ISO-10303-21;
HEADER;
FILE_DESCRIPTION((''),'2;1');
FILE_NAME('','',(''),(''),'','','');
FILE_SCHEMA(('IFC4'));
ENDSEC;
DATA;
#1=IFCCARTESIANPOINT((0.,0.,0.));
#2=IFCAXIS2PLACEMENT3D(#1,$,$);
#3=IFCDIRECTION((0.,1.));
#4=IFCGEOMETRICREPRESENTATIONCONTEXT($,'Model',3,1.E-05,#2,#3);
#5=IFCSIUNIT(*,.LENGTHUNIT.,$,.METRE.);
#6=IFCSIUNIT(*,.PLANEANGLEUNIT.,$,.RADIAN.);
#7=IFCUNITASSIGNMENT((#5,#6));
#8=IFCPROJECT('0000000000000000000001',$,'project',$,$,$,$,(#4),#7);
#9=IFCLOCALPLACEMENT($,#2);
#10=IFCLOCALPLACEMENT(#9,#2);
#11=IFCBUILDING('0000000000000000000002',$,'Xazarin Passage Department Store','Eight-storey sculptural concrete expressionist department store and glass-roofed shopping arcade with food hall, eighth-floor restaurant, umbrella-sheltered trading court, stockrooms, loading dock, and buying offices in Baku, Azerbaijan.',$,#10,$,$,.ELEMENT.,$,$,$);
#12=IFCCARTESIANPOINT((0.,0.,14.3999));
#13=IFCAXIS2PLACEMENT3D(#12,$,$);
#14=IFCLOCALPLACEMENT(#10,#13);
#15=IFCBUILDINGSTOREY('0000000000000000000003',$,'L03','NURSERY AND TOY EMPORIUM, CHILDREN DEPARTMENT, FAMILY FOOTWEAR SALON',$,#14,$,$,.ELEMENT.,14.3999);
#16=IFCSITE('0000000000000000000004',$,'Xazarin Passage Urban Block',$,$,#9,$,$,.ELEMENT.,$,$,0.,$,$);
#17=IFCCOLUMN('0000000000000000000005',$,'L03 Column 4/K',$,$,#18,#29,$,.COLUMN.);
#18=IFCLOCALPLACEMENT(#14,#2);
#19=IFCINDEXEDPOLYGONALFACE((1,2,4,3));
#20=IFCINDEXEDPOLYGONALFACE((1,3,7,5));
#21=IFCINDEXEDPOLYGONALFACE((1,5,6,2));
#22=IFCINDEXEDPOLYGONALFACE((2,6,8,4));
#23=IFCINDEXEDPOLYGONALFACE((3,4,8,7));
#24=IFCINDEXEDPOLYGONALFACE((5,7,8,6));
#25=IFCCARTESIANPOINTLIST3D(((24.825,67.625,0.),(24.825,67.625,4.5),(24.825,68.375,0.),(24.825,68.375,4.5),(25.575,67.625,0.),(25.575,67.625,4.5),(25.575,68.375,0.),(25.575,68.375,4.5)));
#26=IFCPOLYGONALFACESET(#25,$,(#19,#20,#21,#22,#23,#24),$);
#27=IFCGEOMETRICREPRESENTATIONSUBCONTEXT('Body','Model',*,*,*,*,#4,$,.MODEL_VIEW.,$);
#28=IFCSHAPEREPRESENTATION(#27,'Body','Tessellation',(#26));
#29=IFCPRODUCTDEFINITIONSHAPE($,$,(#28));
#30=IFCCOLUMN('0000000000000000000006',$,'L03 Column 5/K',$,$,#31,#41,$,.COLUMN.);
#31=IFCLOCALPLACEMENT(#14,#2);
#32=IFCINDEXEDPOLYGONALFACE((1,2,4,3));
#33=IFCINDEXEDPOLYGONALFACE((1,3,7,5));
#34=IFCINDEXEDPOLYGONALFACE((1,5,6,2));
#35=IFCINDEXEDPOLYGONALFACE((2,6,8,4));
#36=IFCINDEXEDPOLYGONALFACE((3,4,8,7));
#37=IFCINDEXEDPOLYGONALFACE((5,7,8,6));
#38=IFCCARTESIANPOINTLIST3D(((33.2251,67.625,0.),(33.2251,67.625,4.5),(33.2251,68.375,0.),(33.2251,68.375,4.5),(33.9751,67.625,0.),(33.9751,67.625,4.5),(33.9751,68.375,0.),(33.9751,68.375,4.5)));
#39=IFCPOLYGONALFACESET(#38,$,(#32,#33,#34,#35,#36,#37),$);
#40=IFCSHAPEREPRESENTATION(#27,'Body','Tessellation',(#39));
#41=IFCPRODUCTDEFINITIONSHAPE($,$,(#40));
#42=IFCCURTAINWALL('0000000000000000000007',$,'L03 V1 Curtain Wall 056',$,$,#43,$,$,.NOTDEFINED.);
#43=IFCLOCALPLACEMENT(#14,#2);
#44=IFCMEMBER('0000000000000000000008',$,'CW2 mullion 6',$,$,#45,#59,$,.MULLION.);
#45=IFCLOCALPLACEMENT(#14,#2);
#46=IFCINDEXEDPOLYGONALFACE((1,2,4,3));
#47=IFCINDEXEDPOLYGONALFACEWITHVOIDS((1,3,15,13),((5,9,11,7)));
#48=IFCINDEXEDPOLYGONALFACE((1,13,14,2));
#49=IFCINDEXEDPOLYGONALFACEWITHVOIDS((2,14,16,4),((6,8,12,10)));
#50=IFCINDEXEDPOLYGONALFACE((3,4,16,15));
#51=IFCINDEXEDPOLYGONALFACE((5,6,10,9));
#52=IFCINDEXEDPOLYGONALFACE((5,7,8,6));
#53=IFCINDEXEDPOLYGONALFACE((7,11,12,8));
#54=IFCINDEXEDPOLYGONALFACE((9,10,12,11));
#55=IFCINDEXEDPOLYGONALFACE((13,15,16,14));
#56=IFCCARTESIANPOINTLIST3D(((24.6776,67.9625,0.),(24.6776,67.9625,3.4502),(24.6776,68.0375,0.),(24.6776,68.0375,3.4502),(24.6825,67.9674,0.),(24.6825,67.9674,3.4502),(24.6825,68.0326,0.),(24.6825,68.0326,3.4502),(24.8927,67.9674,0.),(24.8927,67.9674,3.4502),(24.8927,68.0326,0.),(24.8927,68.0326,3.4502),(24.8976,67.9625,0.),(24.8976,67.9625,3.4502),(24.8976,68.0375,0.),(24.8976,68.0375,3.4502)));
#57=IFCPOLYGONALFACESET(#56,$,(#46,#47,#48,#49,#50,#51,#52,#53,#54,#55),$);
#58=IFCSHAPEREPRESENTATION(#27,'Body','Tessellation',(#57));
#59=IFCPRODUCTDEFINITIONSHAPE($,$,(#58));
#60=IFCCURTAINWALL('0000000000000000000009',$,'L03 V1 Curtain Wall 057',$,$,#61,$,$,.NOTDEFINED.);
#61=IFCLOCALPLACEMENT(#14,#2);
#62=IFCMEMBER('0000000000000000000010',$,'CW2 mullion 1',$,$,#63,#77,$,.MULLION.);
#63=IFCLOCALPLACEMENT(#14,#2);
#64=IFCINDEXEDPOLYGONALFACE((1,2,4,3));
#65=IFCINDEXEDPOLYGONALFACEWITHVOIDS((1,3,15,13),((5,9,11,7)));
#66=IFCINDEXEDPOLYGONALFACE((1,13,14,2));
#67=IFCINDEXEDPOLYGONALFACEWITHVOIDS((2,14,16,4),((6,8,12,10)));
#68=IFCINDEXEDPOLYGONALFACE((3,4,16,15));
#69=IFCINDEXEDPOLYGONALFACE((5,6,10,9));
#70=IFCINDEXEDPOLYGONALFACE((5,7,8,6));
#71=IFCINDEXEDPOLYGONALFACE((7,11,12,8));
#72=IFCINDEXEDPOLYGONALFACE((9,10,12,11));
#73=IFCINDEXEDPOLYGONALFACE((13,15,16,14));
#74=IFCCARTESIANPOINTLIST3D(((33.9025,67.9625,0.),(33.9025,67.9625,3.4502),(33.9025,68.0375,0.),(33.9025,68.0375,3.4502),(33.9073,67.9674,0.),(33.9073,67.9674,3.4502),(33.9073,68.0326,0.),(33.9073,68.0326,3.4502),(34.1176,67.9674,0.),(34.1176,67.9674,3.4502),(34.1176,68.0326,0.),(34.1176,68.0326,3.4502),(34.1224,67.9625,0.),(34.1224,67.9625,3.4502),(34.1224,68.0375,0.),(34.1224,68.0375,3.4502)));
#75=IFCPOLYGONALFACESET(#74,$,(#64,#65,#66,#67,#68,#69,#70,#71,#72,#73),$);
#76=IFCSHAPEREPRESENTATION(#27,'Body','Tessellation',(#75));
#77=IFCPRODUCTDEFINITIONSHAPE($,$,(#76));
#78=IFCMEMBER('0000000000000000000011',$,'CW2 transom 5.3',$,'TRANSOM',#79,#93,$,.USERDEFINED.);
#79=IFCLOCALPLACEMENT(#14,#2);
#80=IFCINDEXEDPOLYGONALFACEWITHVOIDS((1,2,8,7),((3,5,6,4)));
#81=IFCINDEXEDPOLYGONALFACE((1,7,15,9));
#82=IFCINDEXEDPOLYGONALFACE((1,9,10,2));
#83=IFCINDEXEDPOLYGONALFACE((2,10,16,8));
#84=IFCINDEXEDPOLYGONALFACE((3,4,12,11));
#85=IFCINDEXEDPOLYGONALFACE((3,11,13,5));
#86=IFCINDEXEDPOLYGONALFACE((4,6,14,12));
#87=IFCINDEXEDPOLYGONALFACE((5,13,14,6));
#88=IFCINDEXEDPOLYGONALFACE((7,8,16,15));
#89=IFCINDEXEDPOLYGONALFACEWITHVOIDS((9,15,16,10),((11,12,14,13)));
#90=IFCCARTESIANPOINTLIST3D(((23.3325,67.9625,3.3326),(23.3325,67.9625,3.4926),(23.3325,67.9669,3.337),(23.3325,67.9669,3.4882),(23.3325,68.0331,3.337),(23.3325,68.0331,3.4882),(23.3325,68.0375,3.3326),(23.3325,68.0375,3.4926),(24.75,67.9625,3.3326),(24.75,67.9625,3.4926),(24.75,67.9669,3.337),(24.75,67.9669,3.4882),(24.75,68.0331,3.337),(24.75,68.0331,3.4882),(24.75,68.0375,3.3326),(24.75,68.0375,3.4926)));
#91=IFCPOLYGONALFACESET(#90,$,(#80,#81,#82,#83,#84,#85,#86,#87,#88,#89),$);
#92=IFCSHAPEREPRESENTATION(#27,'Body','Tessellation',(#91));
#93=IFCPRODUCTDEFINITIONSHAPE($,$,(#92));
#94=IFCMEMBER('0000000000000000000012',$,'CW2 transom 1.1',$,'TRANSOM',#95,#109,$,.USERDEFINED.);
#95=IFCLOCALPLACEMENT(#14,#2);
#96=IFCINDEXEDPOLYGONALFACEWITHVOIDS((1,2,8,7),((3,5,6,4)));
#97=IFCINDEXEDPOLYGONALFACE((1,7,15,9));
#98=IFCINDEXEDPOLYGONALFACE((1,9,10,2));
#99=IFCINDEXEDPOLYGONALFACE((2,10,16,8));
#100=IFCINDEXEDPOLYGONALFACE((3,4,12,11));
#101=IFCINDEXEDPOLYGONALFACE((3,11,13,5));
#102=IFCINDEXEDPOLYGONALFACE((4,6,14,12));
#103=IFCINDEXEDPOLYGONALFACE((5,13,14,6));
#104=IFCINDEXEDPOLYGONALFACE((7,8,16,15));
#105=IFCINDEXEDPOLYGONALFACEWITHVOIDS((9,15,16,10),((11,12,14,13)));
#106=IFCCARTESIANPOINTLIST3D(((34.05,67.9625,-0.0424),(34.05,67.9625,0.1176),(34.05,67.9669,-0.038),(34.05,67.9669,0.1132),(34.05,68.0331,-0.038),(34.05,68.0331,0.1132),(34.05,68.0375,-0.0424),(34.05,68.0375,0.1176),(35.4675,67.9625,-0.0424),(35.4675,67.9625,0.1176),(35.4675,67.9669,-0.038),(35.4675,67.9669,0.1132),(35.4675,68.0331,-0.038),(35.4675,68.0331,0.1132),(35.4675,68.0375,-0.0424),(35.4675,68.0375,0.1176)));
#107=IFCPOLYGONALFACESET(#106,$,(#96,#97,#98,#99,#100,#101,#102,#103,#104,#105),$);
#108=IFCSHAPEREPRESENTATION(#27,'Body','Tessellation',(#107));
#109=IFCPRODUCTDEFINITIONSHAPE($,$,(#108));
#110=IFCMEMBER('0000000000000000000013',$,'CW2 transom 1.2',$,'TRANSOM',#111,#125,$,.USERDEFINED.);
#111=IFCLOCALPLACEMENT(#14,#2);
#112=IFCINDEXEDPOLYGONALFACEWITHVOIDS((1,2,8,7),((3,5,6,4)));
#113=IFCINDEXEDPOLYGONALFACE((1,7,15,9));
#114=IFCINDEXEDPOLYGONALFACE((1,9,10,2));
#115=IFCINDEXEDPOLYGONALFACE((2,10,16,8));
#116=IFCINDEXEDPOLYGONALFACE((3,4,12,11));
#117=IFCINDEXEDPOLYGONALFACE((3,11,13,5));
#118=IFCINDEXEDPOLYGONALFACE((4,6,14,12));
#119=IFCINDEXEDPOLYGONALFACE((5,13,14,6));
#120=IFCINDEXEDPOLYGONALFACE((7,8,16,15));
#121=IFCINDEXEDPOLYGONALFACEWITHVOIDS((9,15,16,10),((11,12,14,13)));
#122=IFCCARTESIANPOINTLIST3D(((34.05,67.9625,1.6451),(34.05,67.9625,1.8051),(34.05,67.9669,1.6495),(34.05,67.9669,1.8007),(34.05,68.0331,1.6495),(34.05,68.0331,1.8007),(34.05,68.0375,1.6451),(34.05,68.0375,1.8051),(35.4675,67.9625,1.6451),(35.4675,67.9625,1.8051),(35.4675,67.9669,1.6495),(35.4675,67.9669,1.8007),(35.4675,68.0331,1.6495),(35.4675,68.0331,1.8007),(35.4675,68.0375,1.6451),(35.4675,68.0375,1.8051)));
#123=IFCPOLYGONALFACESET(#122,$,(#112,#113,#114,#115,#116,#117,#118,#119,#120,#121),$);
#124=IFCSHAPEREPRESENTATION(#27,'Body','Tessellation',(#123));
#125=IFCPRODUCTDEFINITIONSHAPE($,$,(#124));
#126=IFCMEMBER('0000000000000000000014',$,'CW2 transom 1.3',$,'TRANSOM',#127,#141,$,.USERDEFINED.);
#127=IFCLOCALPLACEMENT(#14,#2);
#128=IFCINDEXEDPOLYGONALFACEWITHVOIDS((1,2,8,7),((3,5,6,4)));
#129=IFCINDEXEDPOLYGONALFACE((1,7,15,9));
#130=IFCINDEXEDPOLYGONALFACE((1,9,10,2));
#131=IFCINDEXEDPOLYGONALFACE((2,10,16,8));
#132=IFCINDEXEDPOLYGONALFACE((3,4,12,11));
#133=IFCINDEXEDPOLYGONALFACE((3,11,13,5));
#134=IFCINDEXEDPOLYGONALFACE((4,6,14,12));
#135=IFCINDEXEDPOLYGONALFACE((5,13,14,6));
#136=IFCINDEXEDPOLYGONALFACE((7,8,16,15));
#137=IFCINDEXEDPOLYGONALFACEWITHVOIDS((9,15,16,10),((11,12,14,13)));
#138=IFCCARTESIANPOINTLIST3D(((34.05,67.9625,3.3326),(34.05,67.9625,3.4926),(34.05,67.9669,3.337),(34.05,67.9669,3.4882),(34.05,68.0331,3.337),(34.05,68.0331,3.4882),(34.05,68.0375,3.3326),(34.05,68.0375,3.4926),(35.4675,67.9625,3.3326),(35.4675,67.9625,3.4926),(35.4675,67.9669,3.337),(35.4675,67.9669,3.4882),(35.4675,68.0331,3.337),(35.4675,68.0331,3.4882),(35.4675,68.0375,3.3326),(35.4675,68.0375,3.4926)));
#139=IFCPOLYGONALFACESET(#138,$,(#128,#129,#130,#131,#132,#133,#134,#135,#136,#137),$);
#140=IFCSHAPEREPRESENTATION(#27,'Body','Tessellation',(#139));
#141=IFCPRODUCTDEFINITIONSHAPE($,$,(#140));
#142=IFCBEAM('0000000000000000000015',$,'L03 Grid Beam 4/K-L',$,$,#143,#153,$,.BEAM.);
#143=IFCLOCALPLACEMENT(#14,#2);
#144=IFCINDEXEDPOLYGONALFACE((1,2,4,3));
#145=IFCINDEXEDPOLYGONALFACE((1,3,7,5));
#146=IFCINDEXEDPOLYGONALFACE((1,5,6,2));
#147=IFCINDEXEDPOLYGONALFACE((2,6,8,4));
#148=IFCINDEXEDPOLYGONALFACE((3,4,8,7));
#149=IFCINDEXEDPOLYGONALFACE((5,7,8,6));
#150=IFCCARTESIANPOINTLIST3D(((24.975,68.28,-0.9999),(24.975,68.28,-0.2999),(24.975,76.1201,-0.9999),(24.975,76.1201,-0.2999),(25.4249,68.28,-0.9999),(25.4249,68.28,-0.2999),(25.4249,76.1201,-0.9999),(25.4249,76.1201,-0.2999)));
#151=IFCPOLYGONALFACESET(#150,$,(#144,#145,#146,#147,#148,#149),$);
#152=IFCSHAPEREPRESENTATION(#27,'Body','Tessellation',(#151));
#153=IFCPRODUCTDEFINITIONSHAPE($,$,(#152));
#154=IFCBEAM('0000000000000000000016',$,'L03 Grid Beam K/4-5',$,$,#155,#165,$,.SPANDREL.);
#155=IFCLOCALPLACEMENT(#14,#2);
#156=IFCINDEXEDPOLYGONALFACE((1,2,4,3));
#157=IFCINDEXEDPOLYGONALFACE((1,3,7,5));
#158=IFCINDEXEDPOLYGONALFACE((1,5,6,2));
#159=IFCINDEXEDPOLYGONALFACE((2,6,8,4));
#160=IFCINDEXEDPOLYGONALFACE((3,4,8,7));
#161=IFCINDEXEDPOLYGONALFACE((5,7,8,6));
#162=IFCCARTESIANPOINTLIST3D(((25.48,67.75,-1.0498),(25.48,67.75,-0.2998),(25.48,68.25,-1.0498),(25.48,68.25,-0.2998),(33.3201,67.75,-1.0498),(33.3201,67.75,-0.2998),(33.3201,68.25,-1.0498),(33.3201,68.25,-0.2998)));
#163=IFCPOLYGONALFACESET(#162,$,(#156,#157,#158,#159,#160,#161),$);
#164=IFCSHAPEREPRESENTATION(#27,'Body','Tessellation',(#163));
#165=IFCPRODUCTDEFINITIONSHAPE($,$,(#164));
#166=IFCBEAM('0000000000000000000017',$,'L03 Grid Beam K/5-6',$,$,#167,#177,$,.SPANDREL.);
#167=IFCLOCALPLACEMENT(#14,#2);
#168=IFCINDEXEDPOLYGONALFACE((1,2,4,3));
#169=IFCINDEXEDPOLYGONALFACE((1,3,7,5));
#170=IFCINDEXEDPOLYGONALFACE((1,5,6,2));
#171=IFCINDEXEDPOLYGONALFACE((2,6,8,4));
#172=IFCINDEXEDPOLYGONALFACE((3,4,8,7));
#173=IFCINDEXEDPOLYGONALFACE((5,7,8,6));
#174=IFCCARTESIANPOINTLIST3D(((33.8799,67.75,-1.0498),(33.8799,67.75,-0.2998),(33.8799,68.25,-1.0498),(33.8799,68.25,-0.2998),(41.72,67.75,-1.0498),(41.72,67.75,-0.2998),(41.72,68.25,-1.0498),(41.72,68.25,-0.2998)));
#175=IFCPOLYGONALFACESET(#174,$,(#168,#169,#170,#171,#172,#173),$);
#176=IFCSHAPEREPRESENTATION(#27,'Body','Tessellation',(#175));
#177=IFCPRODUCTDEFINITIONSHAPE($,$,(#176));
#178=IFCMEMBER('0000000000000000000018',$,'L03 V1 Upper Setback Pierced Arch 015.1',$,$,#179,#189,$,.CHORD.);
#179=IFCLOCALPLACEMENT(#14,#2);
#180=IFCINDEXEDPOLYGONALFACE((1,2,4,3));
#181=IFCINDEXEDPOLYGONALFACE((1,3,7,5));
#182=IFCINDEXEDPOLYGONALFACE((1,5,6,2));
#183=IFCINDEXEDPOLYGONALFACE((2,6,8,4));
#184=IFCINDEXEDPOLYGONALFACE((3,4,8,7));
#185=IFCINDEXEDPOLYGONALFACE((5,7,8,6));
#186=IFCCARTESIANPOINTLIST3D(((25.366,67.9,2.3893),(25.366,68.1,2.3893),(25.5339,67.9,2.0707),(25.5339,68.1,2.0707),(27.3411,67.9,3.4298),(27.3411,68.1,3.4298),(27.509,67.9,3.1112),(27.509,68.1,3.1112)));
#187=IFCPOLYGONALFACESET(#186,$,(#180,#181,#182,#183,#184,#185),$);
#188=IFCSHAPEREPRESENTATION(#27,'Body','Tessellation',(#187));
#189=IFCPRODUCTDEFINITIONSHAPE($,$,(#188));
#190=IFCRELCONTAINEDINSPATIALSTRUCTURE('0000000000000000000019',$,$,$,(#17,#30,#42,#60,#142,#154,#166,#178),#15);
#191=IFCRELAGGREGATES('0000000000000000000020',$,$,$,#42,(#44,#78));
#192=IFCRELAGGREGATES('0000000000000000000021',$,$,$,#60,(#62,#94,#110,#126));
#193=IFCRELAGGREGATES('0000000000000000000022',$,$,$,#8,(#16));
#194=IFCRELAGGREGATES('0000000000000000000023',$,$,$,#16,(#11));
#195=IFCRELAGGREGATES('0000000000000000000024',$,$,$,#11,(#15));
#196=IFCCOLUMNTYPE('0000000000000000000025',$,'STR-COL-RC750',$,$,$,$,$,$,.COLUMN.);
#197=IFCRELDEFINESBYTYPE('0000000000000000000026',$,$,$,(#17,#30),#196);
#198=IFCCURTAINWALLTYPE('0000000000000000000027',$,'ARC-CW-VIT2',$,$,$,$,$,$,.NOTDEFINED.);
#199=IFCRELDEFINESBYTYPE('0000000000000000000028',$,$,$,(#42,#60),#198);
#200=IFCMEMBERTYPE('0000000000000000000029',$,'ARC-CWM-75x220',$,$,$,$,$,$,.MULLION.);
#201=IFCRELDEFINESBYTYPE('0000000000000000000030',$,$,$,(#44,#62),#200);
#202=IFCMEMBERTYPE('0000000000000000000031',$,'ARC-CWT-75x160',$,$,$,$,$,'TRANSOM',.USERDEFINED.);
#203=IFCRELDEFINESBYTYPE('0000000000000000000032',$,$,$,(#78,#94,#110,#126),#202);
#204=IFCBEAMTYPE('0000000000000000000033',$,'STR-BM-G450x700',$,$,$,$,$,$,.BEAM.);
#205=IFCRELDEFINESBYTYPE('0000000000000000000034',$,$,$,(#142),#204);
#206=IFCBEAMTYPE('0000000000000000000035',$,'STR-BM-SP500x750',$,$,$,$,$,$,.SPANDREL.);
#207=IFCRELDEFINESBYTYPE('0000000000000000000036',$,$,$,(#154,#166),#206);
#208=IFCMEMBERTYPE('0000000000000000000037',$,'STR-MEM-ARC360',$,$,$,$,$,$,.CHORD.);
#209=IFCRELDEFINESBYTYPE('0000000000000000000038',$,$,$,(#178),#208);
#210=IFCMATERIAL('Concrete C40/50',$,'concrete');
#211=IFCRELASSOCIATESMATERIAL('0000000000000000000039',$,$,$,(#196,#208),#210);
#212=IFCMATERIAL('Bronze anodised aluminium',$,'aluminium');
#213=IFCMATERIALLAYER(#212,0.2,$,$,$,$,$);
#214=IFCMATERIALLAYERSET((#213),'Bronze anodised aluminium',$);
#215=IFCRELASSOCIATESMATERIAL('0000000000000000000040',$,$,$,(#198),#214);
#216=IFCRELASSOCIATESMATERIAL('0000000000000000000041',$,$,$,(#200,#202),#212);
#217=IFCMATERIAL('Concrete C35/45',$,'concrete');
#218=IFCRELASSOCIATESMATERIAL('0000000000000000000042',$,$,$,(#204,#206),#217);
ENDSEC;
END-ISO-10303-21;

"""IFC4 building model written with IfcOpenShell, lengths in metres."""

from ifc_helpers import new_model, si_unit, direction, frame, origin, origin_2d, place, context, subcontext, project, spatial, rectangle, hollow_rectangle, extrude, material, layer, layer_set, material_profile, profile_set, type_object, element, aggregate, save


model = new_model("IFC4")

# Units and contexts
model_context = context("Model", 3, precision=1e-05, world=origin(), true_north=direction((0.0, 1.0)))
body_context = subcontext(model_context, "Body", "Model", "MODEL_VIEW")
ifc_project = project(units=[si_unit("LENGTHUNIT", "METRE"), si_unit("PLANEANGLEUNIT", "RADIAN")], contexts=[model_context])

# Site, building, storey
site_placement = place(None, origin())
site = spatial("IfcSite", under=ifc_project, at=site_placement, Name="Xazarin Passage Urban Block", CompositionType="ELEMENT", RefElevation=0.0)
building_placement = place(site_placement, origin())
building = spatial("IfcBuilding", under=site, at=building_placement, Name="Xazarin Passage Department Store", Description="Eight-storey sculptural concrete expressionist department store and glass-roofed shopping arcade with food hall, eighth-floor restaurant, umbrella-sheltered trading court, stockrooms, loading dock, and buying offices in Baku, Azerbaijan.", CompositionType="ELEMENT")
storey_placement = place(building_placement, frame((0.0, 0.0, 14.3999)))
storey = spatial("IfcBuildingStorey", under=building, at=storey_placement, Name="L03", Description="NURSERY AND TOY EMPORIUM, CHILDREN DEPARTMENT, FAMILY FOOTWEAR SALON", CompositionType="ELEMENT", Elevation=14.3999)

# Columns
ifc_material_1 = material(Name="Concrete C40/50", Category="concrete")
ifc_material_profile_1 = material_profile(ifc_material_1, rectangle(XDim=0.75, YDim=0.75, at=origin_2d()), Name="RC 750x750")
ifc_profile_set_1 = profile_set([ifc_material_profile_1], Name="Concrete C40/50")
column_type = type_object("IfcColumnType", Name="STR-COL-RC750", PredefinedType="COLUMN", material=ifc_profile_set_1)
for number, where, z_axis, x_axis, name in (
    (1, (25.2, 68.0, 0.0), (0.0, 0.0, 1.0), (1.0, 0.0, 0.0), "L03 Column 4/K"),
    (2, (33.6001, 68.0, 0.0), (0.0, 0.0, 1.0), (1.0, 0.0, 0.0), "L03 Column 5/K"),
):
    element("IfcColumn", number, at=place(storey_placement, frame(where, z_axis=z_axis, x_axis=x_axis)), inside=storey, type_object=column_type, Name=name, PredefinedType="COLUMN", context=body_context, shape_type="SweptSolid", body=[
        extrude(rectangle(XDim=0.75, YDim=0.75, at=origin_2d()), origin(), (0.0, 0.0, 1.0), 4.5),
    ])

# Curtain walls, members
ifc_material_2 = material(Name="Bronze anodised aluminium", Category="aluminium")
ifc_layer_1 = layer(ifc_material_2, 0.2)
ifc_layer_set_1 = layer_set([ifc_layer_1], Name="Bronze anodised aluminium")
curtain_wall_type = type_object("IfcCurtainWallType", Name="ARC-CW-VIT2", PredefinedType="NOTDEFINED", material=ifc_layer_set_1)
curtain_wall_1_placement = place(storey_placement, origin())
curtain_wall_1 = element("IfcCurtainWall", 3, at=curtain_wall_1_placement, inside=storey, type_object=curtain_wall_type, Name="L03 V1 Curtain Wall 056", PredefinedType="NOTDEFINED")
ifc_material_profile_2 = material_profile(ifc_material_2, hollow_rectangle(XDim=0.075, YDim=0.22, WallThickness=0.0049, at=origin_2d()), Name="ALU 75x220")
ifc_profile_set_2 = profile_set([ifc_material_profile_2], Name="Bronze anodised aluminium")
member_type_1 = type_object("IfcMemberType", Name="ARC-CWM-75x220", PredefinedType="MULLION", material=ifc_profile_set_2)
member_1_placement = place(storey_placement, frame((24.7876, 68.0, 0.0), z_axis=(0.0, 0.0, 1.0), x_axis=(0.0, 1.0, 0.0)))
member_1 = element("IfcMember", 4, at=member_1_placement, type_object=member_type_1, Name="CW2 mullion 6", PredefinedType="MULLION", context=body_context, shape_type="SweptSolid", body=[
    extrude(hollow_rectangle(XDim=0.075, YDim=0.22, WallThickness=0.0049, at=origin_2d()), origin(), (0.0, 0.0, 1.0), 3.4502),
])
curtain_wall_2_placement = place(storey_placement, origin())
curtain_wall_2 = element("IfcCurtainWall", 5, at=curtain_wall_2_placement, inside=storey, type_object=curtain_wall_type, Name="L03 V1 Curtain Wall 057", PredefinedType="NOTDEFINED")
member_2_placement = place(storey_placement, frame((34.0125, 68.0, 0.0), z_axis=(0.0, 0.0, 1.0), x_axis=(0.0, 1.0, 0.0)))
member_2 = element("IfcMember", 6, at=member_2_placement, type_object=member_type_1, Name="CW2 mullion 1", PredefinedType="MULLION", context=body_context, shape_type="SweptSolid", body=[
    extrude(hollow_rectangle(XDim=0.075, YDim=0.22, WallThickness=0.0049, at=origin_2d()), origin(), (0.0, 0.0, 1.0), 3.4502),
])

# Members
ifc_material_profile_3 = material_profile(ifc_material_2, hollow_rectangle(XDim=0.075, YDim=0.1599, WallThickness=0.0044, at=origin_2d()), Name="ALU 75x160")
ifc_profile_set_3 = profile_set([ifc_material_profile_3], Name="Bronze anodised aluminium")
member_type_2 = type_object("IfcMemberType", Name="ARC-CWT-75x160", ElementType="TRANSOM", PredefinedType="USERDEFINED", material=ifc_profile_set_3)
member_3_placement = place(storey_placement, frame((23.3325, 68.0, 3.4126), z_axis=(1.0, 0.0, 0.0), x_axis=(0.0, 1.0, 0.0)))
member_3 = element("IfcMember", 7, at=member_3_placement, type_object=member_type_2, Name="CW2 transom 5.3", ObjectType="TRANSOM", PredefinedType="USERDEFINED", context=body_context, shape_type="SweptSolid", body=[
    extrude(hollow_rectangle(XDim=0.075, YDim=0.1599, WallThickness=0.0044, at=origin_2d()), origin(), (0.0, 0.0, 1.0), 1.4175),
])
member_4_placement = place(storey_placement, frame((34.05, 68.0, 0.0376), z_axis=(1.0, 0.0, 0.0), x_axis=(0.0, 1.0, 0.0)))
member_4 = element("IfcMember", 8, at=member_4_placement, type_object=member_type_2, Name="CW2 transom 1.1", ObjectType="TRANSOM", PredefinedType="USERDEFINED", context=body_context, shape_type="SweptSolid", body=[
    extrude(hollow_rectangle(XDim=0.075, YDim=0.1599, WallThickness=0.0044, at=origin_2d()), origin(), (0.0, 0.0, 1.0), 1.4175),
])
member_5_placement = place(storey_placement, frame((34.05, 68.0, 1.7251), z_axis=(1.0, 0.0, 0.0), x_axis=(0.0, 1.0, 0.0)))
member_5 = element("IfcMember", 9, at=member_5_placement, type_object=member_type_2, Name="CW2 transom 1.2", ObjectType="TRANSOM", PredefinedType="USERDEFINED", context=body_context, shape_type="SweptSolid", body=[
    extrude(hollow_rectangle(XDim=0.075, YDim=0.1599, WallThickness=0.0044, at=origin_2d()), origin(), (0.0, 0.0, 1.0), 1.4175),
])
member_6_placement = place(storey_placement, frame((34.05, 68.0, 3.4126), z_axis=(1.0, 0.0, 0.0), x_axis=(0.0, 1.0, 0.0)))
member_6 = element("IfcMember", 10, at=member_6_placement, type_object=member_type_2, Name="CW2 transom 1.3", ObjectType="TRANSOM", PredefinedType="USERDEFINED", context=body_context, shape_type="SweptSolid", body=[
    extrude(hollow_rectangle(XDim=0.075, YDim=0.1599, WallThickness=0.0044, at=origin_2d()), origin(), (0.0, 0.0, 1.0), 1.4175),
])

# Beams
ifc_material_3 = material(Name="Concrete C35/45", Category="concrete")
ifc_material_profile_4 = material_profile(ifc_material_3, rectangle(XDim=0.45, YDim=0.7, at=origin_2d()), Name="RC 450x700")
ifc_profile_set_4 = profile_set([ifc_material_profile_4], Name="Concrete C35/45")
beam_type_1 = type_object("IfcBeamType", Name="STR-BM-G450x700", PredefinedType="BEAM", material=ifc_profile_set_4)
beam_placement = place(storey_placement, frame((25.2, 68.28, -0.6499), z_axis=(0.0, 1.0, 0.0), x_axis=(-1.0, 0.0, 0.0)))
element("IfcBeam", 11, at=beam_placement, inside=storey, type_object=beam_type_1, Name="L03 Grid Beam 4/K-L", PredefinedType="BEAM", context=body_context, shape_type="SweptSolid", body=[
    extrude(rectangle(XDim=0.45, YDim=0.7, at=origin_2d()), origin(), (0.0, 0.0, 1.0), 7.8401),
])
ifc_material_profile_5 = material_profile(ifc_material_3, rectangle(XDim=0.5, YDim=0.75, at=origin_2d()), Name="RC 500x750")
ifc_profile_set_5 = profile_set([ifc_material_profile_5], Name="Concrete C35/45")
beam_type_2 = type_object("IfcBeamType", Name="STR-BM-SP500x750", PredefinedType="SPANDREL", material=ifc_profile_set_5)
for number, where, z_axis, x_axis, name in (
    (12, (25.48, 68.0, -0.6748), (1.0, 0.0, 0.0), (0.0, 1.0, 0.0), "L03 Grid Beam K/4-5"),
    (13, (33.8799, 68.0, -0.6748), (1.0, 0.0, 0.0), (0.0, 1.0, 0.0), "L03 Grid Beam K/5-6"),
):
    element("IfcBeam", number, at=place(storey_placement, frame(where, z_axis=z_axis, x_axis=x_axis)), inside=storey, type_object=beam_type_2, Name=name, PredefinedType="SPANDREL", context=body_context, shape_type="SweptSolid", body=[
        extrude(rectangle(XDim=0.5, YDim=0.75, at=origin_2d()), origin(), (0.0, 0.0, 1.0), 7.8401),
    ])

# Member
ifc_material_profile_6 = material_profile(ifc_material_1, rectangle(XDim=0.2, YDim=0.3601, at=origin_2d()), Name="RC 200x360")
ifc_profile_set_6 = profile_set([ifc_material_profile_6], Name="Concrete C40/50")
member_type_3 = type_object("IfcMemberType", Name="STR-MEM-ARC360", PredefinedType="CHORD", material=ifc_profile_set_6)
member_7_placement = place(storey_placement, frame((25.45, 68.0, 2.23), z_axis=(0.884733, 0.0, 0.466098), x_axis=(0.0, 1.0, 0.0)))
element("IfcMember", 14, at=member_7_placement, inside=storey, type_object=member_type_3, Name="L03 V1 Upper Setback Pierced Arch 015.1", PredefinedType="CHORD", context=body_context, shape_type="SweptSolid", body=[
    extrude(rectangle(XDim=0.2, YDim=0.3601, at=origin_2d()), origin(), (0.0, 0.0, 1.0), 2.2324),
])

aggregate(curtain_wall_1, [member_1, member_3])
aggregate(curtain_wall_2, [member_2, member_4, member_5, member_6])

save(model, "model.ifc")
